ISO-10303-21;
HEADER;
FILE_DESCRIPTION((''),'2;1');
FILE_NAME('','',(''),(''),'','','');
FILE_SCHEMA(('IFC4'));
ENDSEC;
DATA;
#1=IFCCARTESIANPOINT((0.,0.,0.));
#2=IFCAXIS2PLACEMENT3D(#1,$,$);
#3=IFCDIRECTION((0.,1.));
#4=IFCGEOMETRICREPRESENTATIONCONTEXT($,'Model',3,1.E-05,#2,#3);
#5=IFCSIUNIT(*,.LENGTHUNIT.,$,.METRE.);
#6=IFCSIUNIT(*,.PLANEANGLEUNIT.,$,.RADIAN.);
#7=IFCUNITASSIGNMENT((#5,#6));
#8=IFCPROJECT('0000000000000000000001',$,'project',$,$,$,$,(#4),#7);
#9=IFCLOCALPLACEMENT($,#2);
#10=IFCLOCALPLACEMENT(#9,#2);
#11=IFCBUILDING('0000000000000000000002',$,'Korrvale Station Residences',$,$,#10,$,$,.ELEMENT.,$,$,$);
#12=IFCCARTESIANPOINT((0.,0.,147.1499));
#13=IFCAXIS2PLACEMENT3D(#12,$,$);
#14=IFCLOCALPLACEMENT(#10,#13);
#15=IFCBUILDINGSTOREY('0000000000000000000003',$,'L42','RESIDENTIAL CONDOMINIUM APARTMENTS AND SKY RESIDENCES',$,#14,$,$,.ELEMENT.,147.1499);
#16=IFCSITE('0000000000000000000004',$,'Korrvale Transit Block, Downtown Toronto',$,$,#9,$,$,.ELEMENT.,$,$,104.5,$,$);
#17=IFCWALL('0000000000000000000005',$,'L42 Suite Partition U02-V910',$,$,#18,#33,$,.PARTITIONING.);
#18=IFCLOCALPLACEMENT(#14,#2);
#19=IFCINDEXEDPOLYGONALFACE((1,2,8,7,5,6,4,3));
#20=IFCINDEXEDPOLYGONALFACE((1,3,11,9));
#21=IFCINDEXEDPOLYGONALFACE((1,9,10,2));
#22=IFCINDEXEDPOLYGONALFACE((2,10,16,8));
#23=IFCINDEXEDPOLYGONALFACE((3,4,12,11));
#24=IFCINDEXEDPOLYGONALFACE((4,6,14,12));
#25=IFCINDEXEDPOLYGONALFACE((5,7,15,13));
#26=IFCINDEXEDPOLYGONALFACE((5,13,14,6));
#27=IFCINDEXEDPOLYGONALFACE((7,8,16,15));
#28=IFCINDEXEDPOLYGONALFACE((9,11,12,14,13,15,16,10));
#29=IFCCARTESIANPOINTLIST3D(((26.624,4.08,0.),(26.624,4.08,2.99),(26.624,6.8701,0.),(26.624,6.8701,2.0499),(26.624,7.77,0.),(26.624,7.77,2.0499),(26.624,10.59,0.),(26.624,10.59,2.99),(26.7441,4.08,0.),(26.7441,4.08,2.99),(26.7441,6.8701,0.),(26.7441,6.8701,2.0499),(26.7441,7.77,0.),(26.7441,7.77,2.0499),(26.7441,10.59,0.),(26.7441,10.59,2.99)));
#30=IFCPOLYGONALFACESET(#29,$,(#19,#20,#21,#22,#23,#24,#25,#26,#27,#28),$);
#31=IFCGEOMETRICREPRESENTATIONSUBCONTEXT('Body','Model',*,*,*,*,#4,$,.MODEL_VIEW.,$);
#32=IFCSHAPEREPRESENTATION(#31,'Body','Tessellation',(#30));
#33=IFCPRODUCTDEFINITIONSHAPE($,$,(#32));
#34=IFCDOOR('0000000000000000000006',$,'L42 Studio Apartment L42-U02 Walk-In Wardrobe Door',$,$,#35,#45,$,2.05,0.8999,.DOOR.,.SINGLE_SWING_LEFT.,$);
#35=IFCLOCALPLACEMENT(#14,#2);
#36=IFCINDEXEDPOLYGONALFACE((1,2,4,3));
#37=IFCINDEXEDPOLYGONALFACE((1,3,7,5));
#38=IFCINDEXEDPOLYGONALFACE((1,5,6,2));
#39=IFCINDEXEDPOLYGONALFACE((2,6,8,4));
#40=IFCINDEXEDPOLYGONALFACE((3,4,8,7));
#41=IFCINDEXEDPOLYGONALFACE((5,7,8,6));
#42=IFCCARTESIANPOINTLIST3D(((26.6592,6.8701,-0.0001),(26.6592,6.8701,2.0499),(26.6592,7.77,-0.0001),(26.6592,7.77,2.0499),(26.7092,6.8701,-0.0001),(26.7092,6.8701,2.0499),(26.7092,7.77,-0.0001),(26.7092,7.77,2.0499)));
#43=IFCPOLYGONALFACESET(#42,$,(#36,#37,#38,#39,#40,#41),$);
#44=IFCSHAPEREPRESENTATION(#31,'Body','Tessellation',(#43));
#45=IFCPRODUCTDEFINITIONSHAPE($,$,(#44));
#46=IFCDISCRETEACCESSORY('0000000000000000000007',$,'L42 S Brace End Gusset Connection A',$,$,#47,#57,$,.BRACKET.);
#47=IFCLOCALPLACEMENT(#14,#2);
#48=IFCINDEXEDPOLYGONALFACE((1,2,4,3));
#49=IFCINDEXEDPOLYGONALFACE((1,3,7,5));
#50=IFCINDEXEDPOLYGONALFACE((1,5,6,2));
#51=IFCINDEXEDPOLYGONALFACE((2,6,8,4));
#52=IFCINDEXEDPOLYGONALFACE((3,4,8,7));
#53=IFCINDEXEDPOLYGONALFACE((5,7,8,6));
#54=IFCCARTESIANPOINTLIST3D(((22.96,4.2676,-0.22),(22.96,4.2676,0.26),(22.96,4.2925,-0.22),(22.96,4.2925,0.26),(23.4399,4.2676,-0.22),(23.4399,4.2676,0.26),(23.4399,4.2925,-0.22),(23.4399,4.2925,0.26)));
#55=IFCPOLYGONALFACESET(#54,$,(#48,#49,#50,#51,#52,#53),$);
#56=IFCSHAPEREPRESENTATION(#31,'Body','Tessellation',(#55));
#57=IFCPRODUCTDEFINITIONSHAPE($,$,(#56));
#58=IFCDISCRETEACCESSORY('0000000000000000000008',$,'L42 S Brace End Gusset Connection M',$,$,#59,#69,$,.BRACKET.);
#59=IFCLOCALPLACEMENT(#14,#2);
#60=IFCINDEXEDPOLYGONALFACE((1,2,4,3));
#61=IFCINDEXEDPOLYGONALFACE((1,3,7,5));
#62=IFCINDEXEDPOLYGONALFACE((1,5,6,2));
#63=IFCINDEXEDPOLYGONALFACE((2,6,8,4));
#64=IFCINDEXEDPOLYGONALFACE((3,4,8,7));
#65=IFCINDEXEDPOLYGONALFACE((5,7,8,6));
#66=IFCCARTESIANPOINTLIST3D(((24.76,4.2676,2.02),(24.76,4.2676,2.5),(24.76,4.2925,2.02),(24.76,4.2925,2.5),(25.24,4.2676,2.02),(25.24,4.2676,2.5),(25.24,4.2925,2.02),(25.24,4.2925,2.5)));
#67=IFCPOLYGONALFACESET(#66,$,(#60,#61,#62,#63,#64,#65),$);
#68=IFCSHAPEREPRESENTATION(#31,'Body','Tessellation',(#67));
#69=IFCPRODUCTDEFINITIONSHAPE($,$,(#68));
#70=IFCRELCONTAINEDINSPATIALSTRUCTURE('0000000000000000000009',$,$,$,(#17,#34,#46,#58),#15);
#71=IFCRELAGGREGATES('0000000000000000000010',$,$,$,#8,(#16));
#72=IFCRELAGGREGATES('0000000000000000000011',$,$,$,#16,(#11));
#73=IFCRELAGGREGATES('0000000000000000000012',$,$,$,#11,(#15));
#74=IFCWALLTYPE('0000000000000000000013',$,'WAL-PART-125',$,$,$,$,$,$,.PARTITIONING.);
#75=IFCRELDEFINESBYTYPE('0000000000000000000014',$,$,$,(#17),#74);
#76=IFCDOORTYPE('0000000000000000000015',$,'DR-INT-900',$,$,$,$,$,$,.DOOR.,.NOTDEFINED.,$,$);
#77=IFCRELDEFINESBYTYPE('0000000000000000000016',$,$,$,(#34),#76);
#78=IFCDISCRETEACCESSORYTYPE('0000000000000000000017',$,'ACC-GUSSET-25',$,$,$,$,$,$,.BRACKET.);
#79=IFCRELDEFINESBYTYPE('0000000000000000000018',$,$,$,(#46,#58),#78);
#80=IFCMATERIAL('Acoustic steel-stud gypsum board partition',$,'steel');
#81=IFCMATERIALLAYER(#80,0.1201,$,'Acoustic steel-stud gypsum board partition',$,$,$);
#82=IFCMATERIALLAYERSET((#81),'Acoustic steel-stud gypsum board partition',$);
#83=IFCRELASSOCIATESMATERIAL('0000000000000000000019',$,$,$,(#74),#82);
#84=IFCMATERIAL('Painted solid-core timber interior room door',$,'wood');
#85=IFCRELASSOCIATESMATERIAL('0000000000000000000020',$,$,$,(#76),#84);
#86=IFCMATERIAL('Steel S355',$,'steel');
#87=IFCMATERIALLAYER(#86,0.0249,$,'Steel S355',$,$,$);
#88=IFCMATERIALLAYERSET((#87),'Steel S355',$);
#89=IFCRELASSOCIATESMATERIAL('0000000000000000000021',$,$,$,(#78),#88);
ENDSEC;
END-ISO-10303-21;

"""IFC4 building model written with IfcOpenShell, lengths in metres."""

from ifc_helpers import new_model, si_unit, direction, frame, frame_2d, origin, origin_2d, place, context, subcontext, project, spatial, rectangle, extrude, material, layer, layer_set, type_object, element, fill, save


model = new_model("IFC4")

# Units and contexts
model_context = context("Model", 3, precision=1e-05, world=origin(), true_north=direction((0.0, 1.0)))
body_context = subcontext(model_context, "Body", "Model", "MODEL_VIEW")
ifc_project = project(units=[si_unit("LENGTHUNIT", "METRE"), si_unit("PLANEANGLEUNIT", "RADIAN")], contexts=[model_context])

# Site, building, storey
site_placement = place(None, origin())
site = spatial("IfcSite", under=ifc_project, at=site_placement, Name="Korrvale Transit Block, Downtown Toronto", CompositionType="ELEMENT", RefElevation=104.5)
building_placement = place(site_placement, origin())
building = spatial("IfcBuilding", under=site, at=building_placement, Name="Korrvale Station Residences", CompositionType="ELEMENT")
storey_placement = place(building_placement, frame((0.0, 0.0, 147.1499)))
storey = spatial("IfcBuildingStorey", under=building, at=storey_placement, Name="L42", Description="RESIDENTIAL CONDOMINIUM APARTMENTS AND SKY RESIDENCES", CompositionType="ELEMENT", Elevation=147.1499)

# Shared definitions
ifc_material_1 = material(Name="Acoustic steel-stud gypsum board partition", Category="steel")
ifc_layer_1 = layer(ifc_material_1, 0.1201, Name="Acoustic steel-stud gypsum board partition")
ifc_layer_set_1 = layer_set([ifc_layer_1], Name="Acoustic steel-stud gypsum board partition")
wall_type = type_object("IfcWallType", Name="WAL-PART-125", PredefinedType="PARTITIONING", material=ifc_layer_set_1)
ifc_material_2 = material(Name="Painted solid-core timber interior room door", Category="wood")
door_type = type_object("IfcDoorType", Name="DR-INT-900", OperationType="NOTDEFINED", PredefinedType="DOOR", material=ifc_material_2)

# Wall, opening, door
wall_1_placement = place(storey_placement, frame((26.6841, 4.0801, 0.0), z_axis=(0.0, 0.0, 1.0), x_axis=(0.0, 1.0, 0.0)))
wall_1 = element("IfcWall", 1, at=wall_1_placement, inside=storey, type_object=wall_type, Name="L42 Suite Partition U02-V910", PredefinedType="PARTITIONING", context=body_context, shape_type="SweptSolid", body=[
    extrude(rectangle(XDim=6.51, YDim=0.1201, at=frame_2d((3.2549, 0.0))), origin(), (0.0, 0.0, 1.0), 2.99),
])
opening_1_placement = place(wall_1_placement, frame((2.79, 0.0, 0.0)))
opening_1 = element("IfcOpeningElement", 2, at=opening_1_placement, cuts=wall_1, PredefinedType="OPENING", context=body_context, shape_type="SweptSolid", body=[
    extrude(rectangle(XDim=0.8999, YDim=2.05, at=frame_2d((0.45, 1.0249))), frame((0.0, 0.0701, 0.0), z_axis=(0.0, -1.0, 0.0), x_axis=(1.0, 0.0, 0.0)), (0.0, 0.0, 1.0), 0.1401),
])
door_1_placement = place(opening_1_placement, origin())
door_1 = element("IfcDoor", 3, at=door_1_placement, inside=storey, type_object=door_type, Name="L42 Studio Apartment L42-U02 Walk-In Wardrobe Door", OperationType="SINGLE_SWING_LEFT", OverallHeight=2.05, OverallWidth=0.8999, PredefinedType="DOOR", context=body_context, shape_type="SweptSolid", body=[
    extrude(rectangle(XDim=0.8999, YDim=2.05, at=frame_2d((0.45, 1.0249))), frame((0.0, 0.0249, 0.0), z_axis=(0.0, -1.0, 0.0), x_axis=(1.0, 0.0, 0.0)), (0.0, 0.0, 1.0), 0.05),
])
fill(opening_1, door_1)

# Discrete accessories
ifc_material_3 = material(Name="Steel S355", Category="steel")
ifc_layer_2 = layer(ifc_material_3, 0.0249, Name="Steel S355")
ifc_layer_set_2 = layer_set([ifc_layer_2], Name="Steel S355")
discrete_accessory_type = type_object("IfcDiscreteAccessoryType", Name="ACC-GUSSET-25", PredefinedType="BRACKET", material=ifc_layer_set_2)
for number, where, z_axis, x_axis, name in (
    (4, (23.2, 4.28, -0.22), (0.0, 0.0, 1.0), (1.0, 0.0, 0.0), "L42 S Brace End Gusset Connection A"),
    (5, (25.0, 4.28, 2.02), (0.0, 0.0, 1.0), (1.0, 0.0, 0.0), "L42 S Brace End Gusset Connection M"),
):
    element("IfcDiscreteAccessory", number, at=place(storey_placement, frame(where, z_axis=z_axis, x_axis=x_axis)), inside=storey, type_object=discrete_accessory_type, Name=name, PredefinedType="BRACKET", context=body_context, shape_type="SweptSolid", body=[
        extrude(rectangle(XDim=0.48, YDim=0.0249, at=origin_2d()), origin(), (0.0, 0.0, 1.0), 0.48),
    ])

save(model, "model.ifc")
